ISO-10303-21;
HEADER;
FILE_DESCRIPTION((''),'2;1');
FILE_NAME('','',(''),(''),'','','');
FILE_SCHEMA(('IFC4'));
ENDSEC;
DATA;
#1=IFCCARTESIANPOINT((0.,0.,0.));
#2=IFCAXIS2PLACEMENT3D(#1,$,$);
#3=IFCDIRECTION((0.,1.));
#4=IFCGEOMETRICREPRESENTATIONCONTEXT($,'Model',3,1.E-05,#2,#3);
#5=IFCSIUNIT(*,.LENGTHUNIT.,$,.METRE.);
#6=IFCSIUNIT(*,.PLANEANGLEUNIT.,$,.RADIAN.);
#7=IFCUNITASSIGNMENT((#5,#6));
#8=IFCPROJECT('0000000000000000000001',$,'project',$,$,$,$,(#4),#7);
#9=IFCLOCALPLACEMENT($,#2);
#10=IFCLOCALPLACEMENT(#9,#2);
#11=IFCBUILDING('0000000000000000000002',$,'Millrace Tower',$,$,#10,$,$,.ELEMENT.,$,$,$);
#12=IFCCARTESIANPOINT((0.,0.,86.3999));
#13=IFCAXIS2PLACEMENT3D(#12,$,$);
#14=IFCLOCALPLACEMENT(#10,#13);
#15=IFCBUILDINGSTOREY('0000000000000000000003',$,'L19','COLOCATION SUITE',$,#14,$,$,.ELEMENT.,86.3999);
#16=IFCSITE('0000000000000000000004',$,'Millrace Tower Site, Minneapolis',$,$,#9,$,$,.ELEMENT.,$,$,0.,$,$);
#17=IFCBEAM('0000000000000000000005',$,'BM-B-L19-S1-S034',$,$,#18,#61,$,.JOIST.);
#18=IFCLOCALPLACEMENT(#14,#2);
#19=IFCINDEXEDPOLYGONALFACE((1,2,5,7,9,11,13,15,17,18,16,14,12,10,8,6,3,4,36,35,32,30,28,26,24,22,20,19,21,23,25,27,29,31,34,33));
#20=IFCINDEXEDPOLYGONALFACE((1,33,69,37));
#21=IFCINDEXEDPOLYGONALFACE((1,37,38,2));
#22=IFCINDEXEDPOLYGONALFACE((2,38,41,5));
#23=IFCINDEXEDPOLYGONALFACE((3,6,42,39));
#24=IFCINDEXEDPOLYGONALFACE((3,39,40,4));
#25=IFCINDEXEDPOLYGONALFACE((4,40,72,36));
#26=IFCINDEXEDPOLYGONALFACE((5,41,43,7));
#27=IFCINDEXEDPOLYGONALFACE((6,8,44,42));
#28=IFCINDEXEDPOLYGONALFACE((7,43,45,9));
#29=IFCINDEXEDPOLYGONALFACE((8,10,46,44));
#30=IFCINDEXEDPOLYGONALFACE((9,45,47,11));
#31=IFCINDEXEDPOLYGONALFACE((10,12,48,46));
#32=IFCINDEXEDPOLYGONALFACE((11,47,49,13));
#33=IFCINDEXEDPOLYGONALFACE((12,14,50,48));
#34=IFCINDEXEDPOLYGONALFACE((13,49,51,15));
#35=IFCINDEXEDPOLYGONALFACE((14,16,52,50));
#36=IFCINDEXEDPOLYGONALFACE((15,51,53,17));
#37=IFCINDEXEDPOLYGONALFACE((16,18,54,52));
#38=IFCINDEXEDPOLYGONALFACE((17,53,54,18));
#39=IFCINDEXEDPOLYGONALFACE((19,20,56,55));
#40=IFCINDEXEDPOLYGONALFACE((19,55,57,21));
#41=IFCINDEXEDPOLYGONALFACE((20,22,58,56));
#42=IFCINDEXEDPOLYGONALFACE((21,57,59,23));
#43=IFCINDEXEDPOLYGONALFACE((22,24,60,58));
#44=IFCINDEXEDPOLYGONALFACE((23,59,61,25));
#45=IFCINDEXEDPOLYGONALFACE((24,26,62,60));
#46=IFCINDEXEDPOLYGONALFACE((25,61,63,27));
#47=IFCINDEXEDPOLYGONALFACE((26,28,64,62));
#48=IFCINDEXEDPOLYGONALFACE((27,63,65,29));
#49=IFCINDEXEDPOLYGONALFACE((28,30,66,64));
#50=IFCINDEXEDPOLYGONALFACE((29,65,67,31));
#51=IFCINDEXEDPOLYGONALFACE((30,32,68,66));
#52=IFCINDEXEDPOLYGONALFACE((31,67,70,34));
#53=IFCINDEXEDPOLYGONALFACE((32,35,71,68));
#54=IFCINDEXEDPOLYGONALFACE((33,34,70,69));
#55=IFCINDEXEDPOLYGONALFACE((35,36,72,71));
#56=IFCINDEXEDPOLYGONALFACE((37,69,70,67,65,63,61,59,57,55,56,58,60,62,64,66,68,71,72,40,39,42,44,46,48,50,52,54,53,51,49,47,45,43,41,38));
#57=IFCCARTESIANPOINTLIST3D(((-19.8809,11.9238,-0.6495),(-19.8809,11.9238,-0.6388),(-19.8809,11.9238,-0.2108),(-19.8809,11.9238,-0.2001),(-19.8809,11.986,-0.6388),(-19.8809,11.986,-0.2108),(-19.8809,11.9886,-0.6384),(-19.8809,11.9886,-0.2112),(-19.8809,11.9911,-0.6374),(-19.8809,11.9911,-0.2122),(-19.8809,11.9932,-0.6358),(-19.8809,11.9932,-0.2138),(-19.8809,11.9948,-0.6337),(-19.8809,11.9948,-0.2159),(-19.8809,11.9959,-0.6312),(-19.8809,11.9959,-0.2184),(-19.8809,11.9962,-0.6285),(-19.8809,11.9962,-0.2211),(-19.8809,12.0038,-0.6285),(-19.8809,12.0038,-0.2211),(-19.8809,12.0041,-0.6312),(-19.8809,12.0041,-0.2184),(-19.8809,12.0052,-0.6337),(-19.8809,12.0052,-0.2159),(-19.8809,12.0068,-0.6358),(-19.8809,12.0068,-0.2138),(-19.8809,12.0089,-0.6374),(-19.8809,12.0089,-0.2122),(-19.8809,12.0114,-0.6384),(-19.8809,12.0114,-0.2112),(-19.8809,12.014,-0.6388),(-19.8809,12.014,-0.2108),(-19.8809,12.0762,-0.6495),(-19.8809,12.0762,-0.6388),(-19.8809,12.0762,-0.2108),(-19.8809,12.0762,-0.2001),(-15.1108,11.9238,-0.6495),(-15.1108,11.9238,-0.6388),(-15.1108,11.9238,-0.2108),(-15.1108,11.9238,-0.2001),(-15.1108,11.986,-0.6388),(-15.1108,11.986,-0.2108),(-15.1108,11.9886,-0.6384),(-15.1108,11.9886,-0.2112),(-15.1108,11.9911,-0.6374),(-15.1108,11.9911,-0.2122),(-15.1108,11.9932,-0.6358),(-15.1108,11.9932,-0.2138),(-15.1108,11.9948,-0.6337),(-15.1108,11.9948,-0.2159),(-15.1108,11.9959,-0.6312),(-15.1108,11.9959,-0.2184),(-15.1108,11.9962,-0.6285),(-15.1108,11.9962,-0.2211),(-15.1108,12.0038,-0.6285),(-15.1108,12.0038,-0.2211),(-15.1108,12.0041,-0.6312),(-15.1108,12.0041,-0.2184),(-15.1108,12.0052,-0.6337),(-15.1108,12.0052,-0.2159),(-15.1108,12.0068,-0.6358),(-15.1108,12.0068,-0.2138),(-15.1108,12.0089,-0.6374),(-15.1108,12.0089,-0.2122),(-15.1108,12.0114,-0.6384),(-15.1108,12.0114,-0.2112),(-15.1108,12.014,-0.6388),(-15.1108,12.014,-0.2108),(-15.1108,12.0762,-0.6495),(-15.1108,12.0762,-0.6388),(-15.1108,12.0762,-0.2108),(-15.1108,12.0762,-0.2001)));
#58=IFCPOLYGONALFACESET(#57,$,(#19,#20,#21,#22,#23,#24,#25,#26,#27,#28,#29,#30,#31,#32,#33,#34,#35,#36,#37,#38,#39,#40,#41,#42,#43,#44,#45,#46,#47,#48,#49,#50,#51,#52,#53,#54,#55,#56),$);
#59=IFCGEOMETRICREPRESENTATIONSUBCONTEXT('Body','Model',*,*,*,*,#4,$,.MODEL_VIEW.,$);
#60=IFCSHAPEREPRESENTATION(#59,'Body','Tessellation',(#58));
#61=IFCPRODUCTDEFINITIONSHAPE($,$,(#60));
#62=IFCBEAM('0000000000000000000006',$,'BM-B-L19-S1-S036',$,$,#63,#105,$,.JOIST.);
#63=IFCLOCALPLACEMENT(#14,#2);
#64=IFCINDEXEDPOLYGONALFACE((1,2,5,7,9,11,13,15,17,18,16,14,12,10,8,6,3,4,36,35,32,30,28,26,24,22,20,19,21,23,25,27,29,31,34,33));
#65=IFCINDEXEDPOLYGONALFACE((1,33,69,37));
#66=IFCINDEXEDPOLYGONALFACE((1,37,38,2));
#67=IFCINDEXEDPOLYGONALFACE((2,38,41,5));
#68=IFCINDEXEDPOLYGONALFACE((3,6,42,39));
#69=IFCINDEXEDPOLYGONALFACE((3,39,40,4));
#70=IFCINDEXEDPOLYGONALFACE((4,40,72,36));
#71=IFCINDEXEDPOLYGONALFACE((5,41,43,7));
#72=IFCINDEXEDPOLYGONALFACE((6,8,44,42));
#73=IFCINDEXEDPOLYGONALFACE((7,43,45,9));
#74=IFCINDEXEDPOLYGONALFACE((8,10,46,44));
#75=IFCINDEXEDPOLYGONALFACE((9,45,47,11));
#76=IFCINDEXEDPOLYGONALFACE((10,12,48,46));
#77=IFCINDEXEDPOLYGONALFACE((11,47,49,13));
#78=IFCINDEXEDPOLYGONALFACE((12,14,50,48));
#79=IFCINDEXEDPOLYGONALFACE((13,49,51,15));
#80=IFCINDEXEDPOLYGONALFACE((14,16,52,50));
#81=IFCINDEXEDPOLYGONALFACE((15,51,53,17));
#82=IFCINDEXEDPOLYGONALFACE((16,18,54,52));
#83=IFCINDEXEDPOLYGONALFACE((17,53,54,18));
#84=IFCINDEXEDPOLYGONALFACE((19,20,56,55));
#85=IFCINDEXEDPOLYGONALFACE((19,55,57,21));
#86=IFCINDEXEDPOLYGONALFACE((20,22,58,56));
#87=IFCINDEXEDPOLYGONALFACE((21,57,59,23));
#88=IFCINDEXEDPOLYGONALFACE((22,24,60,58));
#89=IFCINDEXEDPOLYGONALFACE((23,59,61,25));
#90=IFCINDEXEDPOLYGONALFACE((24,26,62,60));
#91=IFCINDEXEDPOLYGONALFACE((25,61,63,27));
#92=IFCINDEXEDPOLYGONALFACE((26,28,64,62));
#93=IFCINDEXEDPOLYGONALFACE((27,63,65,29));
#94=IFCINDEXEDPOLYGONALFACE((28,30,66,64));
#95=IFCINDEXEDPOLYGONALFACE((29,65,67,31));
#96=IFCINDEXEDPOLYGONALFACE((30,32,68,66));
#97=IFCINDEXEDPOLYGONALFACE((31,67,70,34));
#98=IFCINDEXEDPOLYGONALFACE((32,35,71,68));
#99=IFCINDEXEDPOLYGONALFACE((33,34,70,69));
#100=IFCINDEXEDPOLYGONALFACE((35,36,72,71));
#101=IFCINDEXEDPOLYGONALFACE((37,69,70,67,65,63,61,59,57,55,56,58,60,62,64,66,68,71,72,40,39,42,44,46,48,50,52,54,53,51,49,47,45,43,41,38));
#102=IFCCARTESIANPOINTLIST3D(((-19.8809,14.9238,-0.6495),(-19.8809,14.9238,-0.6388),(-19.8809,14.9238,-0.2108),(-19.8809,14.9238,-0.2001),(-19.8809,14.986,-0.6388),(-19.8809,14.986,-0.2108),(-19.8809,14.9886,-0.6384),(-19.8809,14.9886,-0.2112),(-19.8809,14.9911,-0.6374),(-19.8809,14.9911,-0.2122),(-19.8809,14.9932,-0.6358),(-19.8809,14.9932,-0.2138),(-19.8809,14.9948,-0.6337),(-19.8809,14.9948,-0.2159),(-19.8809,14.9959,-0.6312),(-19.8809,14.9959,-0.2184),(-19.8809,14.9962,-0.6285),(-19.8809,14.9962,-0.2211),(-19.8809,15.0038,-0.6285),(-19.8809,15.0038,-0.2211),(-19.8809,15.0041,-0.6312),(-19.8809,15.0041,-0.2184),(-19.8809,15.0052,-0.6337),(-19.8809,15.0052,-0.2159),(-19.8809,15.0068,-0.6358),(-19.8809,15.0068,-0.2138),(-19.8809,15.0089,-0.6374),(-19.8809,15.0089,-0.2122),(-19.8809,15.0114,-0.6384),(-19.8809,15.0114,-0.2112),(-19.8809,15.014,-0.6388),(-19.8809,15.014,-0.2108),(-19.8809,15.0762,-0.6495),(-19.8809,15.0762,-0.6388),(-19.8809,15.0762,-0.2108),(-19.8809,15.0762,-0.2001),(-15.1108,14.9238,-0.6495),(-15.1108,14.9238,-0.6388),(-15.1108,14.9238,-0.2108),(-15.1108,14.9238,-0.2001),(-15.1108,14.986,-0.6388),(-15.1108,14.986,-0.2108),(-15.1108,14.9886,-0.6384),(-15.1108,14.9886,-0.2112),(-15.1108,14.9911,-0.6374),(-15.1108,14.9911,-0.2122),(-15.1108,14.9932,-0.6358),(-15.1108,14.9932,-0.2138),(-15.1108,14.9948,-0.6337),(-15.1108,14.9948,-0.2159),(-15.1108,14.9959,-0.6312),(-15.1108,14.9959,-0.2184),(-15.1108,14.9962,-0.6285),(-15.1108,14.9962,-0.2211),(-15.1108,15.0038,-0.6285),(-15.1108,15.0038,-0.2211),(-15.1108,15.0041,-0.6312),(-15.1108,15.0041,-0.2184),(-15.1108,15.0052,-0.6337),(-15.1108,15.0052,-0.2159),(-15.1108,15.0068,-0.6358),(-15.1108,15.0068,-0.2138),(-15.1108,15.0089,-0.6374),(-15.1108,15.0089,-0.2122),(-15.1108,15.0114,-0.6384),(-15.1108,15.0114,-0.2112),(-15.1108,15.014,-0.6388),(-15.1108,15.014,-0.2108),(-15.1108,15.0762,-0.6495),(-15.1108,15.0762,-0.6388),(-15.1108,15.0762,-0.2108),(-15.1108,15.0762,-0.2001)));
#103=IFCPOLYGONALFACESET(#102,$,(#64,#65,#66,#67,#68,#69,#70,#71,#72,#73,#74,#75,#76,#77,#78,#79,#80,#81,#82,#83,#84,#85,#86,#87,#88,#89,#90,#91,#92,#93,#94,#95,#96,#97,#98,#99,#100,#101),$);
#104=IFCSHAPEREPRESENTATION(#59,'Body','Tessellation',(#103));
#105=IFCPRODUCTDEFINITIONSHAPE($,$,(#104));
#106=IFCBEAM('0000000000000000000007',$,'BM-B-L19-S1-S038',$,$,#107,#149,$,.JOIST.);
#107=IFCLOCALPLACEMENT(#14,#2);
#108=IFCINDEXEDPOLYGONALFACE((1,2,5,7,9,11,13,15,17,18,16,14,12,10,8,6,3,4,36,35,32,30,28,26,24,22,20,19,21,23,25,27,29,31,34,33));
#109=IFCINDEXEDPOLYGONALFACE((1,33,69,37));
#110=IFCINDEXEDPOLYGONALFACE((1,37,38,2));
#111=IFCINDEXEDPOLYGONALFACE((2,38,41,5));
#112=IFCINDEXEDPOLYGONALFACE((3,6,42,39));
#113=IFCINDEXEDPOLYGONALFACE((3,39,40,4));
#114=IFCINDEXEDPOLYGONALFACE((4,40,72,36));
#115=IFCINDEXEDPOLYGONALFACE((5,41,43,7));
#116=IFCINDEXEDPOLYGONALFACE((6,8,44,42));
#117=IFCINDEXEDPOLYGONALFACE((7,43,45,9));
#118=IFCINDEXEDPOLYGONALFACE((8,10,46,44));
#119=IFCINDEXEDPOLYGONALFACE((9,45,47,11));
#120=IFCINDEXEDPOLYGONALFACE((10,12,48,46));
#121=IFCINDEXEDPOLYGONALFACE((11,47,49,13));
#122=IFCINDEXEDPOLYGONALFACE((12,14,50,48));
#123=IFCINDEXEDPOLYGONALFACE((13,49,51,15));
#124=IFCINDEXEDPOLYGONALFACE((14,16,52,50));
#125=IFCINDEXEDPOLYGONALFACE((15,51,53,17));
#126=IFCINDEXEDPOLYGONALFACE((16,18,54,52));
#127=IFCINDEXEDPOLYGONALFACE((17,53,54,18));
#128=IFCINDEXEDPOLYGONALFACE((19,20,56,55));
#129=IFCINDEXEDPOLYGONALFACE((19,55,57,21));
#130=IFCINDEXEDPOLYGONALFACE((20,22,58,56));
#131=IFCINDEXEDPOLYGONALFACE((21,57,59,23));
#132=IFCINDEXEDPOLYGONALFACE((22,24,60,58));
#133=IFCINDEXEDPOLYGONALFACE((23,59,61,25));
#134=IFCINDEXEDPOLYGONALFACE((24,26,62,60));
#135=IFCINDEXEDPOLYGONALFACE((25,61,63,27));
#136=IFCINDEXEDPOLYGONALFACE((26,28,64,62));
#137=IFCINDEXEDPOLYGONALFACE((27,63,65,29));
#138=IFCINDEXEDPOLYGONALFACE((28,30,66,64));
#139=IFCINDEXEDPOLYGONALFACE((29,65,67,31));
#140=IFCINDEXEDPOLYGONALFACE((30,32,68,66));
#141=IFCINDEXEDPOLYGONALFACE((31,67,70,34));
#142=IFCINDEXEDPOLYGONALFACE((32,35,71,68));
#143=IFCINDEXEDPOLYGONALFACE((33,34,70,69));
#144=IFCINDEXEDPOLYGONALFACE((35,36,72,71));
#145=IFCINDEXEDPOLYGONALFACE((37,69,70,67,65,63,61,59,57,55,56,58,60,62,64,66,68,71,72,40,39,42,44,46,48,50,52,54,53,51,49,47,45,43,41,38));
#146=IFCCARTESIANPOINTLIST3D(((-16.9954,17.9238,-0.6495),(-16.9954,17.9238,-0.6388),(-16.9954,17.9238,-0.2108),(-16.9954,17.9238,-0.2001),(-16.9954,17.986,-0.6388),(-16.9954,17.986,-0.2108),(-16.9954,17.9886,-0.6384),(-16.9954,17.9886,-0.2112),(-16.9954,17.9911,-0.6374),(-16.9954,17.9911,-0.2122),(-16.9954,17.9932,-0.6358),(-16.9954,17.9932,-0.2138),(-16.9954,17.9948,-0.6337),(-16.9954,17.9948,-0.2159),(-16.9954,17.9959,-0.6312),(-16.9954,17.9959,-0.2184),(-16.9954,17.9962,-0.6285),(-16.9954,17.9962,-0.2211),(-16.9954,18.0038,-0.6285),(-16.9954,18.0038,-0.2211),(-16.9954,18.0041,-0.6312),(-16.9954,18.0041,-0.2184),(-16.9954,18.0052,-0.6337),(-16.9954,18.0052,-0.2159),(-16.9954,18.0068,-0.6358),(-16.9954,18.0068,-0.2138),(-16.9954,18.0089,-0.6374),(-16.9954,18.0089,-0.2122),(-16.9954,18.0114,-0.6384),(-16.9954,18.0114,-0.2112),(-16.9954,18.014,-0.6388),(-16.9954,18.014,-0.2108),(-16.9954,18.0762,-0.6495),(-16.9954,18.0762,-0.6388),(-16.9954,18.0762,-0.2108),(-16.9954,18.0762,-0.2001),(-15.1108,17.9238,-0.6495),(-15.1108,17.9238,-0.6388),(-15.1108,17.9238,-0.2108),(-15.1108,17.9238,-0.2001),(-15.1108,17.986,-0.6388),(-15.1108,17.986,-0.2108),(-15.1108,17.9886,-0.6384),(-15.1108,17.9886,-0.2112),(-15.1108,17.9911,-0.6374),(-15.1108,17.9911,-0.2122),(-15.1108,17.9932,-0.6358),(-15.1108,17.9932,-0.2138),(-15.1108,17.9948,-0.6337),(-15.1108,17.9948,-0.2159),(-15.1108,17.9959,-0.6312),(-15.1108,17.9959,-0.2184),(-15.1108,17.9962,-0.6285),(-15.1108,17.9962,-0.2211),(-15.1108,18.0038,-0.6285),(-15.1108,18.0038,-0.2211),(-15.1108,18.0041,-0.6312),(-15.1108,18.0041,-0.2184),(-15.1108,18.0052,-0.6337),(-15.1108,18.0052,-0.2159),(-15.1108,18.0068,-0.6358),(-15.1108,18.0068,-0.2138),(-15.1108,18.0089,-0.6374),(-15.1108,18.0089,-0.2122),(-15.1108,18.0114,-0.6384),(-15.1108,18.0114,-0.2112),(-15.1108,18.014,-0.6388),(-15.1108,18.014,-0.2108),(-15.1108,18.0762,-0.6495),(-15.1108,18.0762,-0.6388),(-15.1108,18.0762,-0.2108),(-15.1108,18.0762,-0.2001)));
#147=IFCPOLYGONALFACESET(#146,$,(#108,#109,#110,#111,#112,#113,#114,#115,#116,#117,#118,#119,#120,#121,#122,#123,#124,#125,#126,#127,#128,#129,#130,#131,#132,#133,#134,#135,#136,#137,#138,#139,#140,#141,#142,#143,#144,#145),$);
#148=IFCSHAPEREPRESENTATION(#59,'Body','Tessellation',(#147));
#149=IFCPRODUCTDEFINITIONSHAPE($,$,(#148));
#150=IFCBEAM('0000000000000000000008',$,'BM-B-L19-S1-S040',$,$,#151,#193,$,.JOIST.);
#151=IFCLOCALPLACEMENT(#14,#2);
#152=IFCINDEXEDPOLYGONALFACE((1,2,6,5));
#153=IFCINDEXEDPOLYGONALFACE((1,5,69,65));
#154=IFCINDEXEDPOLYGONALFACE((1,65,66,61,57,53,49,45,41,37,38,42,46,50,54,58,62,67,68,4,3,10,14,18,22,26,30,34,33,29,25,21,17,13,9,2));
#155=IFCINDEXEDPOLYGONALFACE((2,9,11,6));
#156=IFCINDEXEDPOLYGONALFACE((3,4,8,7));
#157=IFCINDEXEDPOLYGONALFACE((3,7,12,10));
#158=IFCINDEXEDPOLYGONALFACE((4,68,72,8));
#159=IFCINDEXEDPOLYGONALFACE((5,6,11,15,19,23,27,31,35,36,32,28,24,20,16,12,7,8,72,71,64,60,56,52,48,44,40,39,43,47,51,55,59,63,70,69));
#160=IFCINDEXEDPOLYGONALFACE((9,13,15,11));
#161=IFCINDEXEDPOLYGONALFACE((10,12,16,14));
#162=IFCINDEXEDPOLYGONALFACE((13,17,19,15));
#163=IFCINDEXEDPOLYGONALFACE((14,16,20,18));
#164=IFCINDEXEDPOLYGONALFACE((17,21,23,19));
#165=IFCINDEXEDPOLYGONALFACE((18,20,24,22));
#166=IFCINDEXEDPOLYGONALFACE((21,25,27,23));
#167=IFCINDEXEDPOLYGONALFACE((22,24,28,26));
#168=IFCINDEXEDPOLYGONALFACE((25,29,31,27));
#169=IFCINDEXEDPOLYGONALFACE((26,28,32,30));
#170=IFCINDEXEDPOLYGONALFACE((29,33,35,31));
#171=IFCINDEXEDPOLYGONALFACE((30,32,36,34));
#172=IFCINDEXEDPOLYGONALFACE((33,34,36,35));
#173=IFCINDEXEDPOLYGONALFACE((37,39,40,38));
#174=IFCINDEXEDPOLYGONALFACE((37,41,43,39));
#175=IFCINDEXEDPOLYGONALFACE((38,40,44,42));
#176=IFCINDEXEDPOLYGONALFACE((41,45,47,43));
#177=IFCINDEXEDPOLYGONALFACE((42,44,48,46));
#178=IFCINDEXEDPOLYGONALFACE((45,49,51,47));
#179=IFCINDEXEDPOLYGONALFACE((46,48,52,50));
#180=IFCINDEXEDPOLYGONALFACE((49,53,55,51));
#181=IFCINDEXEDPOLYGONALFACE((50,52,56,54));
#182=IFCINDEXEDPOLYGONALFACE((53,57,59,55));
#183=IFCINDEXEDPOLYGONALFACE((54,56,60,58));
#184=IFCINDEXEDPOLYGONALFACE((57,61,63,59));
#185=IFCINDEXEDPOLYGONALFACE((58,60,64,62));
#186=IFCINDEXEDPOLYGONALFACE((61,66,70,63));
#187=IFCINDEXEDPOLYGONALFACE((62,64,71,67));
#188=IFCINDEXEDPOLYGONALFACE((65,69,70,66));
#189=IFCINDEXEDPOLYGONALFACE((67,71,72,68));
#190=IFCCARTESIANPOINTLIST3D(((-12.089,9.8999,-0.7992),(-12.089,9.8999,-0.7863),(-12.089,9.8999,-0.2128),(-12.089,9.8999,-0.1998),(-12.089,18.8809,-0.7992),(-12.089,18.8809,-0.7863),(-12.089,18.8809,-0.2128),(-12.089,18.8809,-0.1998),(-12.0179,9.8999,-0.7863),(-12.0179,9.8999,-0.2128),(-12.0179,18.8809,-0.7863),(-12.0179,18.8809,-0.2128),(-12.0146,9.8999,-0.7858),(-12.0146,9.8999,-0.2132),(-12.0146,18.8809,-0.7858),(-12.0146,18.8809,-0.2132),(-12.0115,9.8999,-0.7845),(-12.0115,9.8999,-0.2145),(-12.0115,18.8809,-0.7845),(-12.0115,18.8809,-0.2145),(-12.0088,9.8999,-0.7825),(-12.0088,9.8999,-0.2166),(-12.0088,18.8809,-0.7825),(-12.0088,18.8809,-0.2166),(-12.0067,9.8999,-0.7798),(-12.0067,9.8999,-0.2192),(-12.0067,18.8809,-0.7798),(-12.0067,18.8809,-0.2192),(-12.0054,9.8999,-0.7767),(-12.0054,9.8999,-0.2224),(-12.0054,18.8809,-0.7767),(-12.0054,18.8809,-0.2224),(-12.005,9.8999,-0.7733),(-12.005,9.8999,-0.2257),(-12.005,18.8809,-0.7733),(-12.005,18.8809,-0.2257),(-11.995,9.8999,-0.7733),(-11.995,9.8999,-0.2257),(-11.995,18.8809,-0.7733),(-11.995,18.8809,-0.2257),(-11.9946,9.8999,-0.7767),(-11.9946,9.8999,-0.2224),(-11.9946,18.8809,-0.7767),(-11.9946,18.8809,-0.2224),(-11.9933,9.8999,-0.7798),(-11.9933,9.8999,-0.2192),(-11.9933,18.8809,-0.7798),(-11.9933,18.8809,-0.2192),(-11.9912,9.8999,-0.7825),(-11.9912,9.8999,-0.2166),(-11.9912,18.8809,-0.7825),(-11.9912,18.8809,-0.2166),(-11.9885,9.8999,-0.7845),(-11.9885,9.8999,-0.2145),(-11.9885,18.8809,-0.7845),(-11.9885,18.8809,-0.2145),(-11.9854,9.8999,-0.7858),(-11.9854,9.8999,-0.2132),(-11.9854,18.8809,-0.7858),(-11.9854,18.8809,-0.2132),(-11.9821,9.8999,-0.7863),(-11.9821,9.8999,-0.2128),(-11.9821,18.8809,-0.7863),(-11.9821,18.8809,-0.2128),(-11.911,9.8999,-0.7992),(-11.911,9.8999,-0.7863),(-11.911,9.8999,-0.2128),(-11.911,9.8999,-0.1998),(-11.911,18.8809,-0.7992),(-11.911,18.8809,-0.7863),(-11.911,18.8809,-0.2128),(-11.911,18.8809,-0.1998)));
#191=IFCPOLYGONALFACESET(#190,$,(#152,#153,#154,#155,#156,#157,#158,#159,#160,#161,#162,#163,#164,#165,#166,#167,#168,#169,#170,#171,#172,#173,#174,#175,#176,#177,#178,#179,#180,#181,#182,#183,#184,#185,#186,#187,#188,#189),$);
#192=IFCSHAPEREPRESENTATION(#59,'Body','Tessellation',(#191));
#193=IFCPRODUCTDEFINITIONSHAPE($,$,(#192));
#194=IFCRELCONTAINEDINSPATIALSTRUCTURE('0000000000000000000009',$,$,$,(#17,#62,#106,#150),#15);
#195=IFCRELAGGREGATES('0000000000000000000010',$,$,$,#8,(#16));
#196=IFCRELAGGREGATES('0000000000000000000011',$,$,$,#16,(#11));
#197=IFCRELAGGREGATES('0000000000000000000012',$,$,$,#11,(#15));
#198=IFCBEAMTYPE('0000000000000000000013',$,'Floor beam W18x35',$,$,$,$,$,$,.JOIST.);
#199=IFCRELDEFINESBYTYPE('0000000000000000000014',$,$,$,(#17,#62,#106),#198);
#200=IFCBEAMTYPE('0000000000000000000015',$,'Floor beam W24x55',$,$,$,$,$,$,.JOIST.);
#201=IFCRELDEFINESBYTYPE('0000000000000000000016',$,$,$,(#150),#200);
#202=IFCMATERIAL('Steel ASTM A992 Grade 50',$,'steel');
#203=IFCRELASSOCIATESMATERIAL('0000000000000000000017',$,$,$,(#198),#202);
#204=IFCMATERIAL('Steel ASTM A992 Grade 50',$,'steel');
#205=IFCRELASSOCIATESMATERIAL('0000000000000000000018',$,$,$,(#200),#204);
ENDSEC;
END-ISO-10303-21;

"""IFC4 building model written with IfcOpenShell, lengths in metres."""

from ifc_helpers import new_model, si_unit, direction, frame, origin, origin_2d, place, context, subcontext, project, spatial, i_section, extrude, material, material_profile, profile_set, type_object, element, save


model = new_model("IFC4")

# Units and contexts
model_context = context("Model", 3, precision=1e-05, world=origin(), true_north=direction((0.0, 1.0)))
body_context = subcontext(model_context, "Body", "Model", "MODEL_VIEW")
ifc_project = project(units=[si_unit("LENGTHUNIT", "METRE"), si_unit("PLANEANGLEUNIT", "RADIAN")], contexts=[model_context])

# Site, building, storey
site_placement = place(None, origin())
site = spatial("IfcSite", under=ifc_project, at=site_placement, Name="Millrace Tower Site, Minneapolis", CompositionType="ELEMENT", RefElevation=0.0)
building_placement = place(site_placement, origin())
building = spatial("IfcBuilding", under=site, at=building_placement, Name="Millrace Tower", CompositionType="ELEMENT")
storey_placement = place(building_placement, frame((0.0, 0.0, 86.3999)))
storey = spatial("IfcBuildingStorey", under=building, at=storey_placement, Name="L19", Description="COLOCATION SUITE", CompositionType="ELEMENT", Elevation=86.3999)

# Beams
ifc_material_1 = material(Name="Steel ASTM A992 Grade 50", Category="steel")
ifc_material_profile_1 = material_profile(ifc_material_1, i_section(OverallWidth=0.1523, OverallDepth=0.4495, WebThickness=0.0076, FlangeThickness=0.0107, FilletRadius=0.0103, at=origin_2d()))
ifc_profile_set_1 = profile_set([ifc_material_profile_1], Name="Steel ASTM A992 Grade 50")
beam_type_1 = type_object("IfcBeamType", Name="Floor beam W18x35", PredefinedType="JOIST", material=ifc_profile_set_1)
for number, where, z_axis, x_axis, name in (
    (1, (-19.8809, 12.0, -0.4248), (1.0, 0.0, 0.0), (0.0, 1.0, 0.0), "BM-B-L19-S1-S034"),
    (2, (-19.8809, 15.0, -0.4248), (1.0, 0.0, 0.0), (0.0, 1.0, 0.0), "BM-B-L19-S1-S036"),
):
    element("IfcBeam", number, at=place(storey_placement, frame(where, z_axis=z_axis, x_axis=x_axis)), inside=storey, type_object=beam_type_1, Name=name, PredefinedType="JOIST", context=body_context, shape_type="SweptSolid", body=[
        extrude(i_section(OverallWidth=0.1523, OverallDepth=0.4495, WebThickness=0.0076, FlangeThickness=0.0107, FilletRadius=0.0103, at=origin_2d()), origin(), (0.0, 0.0, 1.0), 4.77),
    ])
beam_1_placement = place(storey_placement, frame((-16.9954, 18.0, -0.4248), z_axis=(1.0, 0.0, 0.0), x_axis=(0.0, 1.0, 0.0)))
element("IfcBeam", 3, at=beam_1_placement, inside=storey, type_object=beam_type_1, Name="BM-B-L19-S1-S038", PredefinedType="JOIST", context=body_context, shape_type="SweptSolid", body=[
    extrude(i_section(OverallWidth=0.1523, OverallDepth=0.4495, WebThickness=0.0076, FlangeThickness=0.0107, FilletRadius=0.0103, at=origin_2d()), origin(), (0.0, 0.0, 1.0), 1.8845),
])
ifc_material_2 = material(Name="Steel ASTM A992 Grade 50", Category="steel")
ifc_material_profile_2 = material_profile(ifc_material_2, i_section(OverallWidth=0.178, OverallDepth=0.5994, WebThickness=0.01, FlangeThickness=0.0129, FilletRadius=0.0129, at=origin_2d()))
ifc_profile_set_2 = profile_set([ifc_material_profile_2], Name="Steel ASTM A992 Grade 50")
beam_type_2 = type_object("IfcBeamType", Name="Floor beam W24x55", PredefinedType="JOIST", material=ifc_profile_set_2)
beam_2_placement = place(storey_placement, frame((-12.0, 9.8999, -0.4995), z_axis=(0.0, 1.0, 0.0), x_axis=(-1.0, 0.0, 0.0)))
element("IfcBeam", 4, at=beam_2_placement, inside=storey, type_object=beam_type_2, Name="BM-B-L19-S1-S040", PredefinedType="JOIST", context=body_context, shape_type="SweptSolid", body=[
    extrude(i_section(OverallWidth=0.178, OverallDepth=0.5994, WebThickness=0.01, FlangeThickness=0.0129, FilletRadius=0.0129, at=origin_2d()), origin(), (0.0, 0.0, 1.0), 8.981),
])

save(model, "model.ifc")
